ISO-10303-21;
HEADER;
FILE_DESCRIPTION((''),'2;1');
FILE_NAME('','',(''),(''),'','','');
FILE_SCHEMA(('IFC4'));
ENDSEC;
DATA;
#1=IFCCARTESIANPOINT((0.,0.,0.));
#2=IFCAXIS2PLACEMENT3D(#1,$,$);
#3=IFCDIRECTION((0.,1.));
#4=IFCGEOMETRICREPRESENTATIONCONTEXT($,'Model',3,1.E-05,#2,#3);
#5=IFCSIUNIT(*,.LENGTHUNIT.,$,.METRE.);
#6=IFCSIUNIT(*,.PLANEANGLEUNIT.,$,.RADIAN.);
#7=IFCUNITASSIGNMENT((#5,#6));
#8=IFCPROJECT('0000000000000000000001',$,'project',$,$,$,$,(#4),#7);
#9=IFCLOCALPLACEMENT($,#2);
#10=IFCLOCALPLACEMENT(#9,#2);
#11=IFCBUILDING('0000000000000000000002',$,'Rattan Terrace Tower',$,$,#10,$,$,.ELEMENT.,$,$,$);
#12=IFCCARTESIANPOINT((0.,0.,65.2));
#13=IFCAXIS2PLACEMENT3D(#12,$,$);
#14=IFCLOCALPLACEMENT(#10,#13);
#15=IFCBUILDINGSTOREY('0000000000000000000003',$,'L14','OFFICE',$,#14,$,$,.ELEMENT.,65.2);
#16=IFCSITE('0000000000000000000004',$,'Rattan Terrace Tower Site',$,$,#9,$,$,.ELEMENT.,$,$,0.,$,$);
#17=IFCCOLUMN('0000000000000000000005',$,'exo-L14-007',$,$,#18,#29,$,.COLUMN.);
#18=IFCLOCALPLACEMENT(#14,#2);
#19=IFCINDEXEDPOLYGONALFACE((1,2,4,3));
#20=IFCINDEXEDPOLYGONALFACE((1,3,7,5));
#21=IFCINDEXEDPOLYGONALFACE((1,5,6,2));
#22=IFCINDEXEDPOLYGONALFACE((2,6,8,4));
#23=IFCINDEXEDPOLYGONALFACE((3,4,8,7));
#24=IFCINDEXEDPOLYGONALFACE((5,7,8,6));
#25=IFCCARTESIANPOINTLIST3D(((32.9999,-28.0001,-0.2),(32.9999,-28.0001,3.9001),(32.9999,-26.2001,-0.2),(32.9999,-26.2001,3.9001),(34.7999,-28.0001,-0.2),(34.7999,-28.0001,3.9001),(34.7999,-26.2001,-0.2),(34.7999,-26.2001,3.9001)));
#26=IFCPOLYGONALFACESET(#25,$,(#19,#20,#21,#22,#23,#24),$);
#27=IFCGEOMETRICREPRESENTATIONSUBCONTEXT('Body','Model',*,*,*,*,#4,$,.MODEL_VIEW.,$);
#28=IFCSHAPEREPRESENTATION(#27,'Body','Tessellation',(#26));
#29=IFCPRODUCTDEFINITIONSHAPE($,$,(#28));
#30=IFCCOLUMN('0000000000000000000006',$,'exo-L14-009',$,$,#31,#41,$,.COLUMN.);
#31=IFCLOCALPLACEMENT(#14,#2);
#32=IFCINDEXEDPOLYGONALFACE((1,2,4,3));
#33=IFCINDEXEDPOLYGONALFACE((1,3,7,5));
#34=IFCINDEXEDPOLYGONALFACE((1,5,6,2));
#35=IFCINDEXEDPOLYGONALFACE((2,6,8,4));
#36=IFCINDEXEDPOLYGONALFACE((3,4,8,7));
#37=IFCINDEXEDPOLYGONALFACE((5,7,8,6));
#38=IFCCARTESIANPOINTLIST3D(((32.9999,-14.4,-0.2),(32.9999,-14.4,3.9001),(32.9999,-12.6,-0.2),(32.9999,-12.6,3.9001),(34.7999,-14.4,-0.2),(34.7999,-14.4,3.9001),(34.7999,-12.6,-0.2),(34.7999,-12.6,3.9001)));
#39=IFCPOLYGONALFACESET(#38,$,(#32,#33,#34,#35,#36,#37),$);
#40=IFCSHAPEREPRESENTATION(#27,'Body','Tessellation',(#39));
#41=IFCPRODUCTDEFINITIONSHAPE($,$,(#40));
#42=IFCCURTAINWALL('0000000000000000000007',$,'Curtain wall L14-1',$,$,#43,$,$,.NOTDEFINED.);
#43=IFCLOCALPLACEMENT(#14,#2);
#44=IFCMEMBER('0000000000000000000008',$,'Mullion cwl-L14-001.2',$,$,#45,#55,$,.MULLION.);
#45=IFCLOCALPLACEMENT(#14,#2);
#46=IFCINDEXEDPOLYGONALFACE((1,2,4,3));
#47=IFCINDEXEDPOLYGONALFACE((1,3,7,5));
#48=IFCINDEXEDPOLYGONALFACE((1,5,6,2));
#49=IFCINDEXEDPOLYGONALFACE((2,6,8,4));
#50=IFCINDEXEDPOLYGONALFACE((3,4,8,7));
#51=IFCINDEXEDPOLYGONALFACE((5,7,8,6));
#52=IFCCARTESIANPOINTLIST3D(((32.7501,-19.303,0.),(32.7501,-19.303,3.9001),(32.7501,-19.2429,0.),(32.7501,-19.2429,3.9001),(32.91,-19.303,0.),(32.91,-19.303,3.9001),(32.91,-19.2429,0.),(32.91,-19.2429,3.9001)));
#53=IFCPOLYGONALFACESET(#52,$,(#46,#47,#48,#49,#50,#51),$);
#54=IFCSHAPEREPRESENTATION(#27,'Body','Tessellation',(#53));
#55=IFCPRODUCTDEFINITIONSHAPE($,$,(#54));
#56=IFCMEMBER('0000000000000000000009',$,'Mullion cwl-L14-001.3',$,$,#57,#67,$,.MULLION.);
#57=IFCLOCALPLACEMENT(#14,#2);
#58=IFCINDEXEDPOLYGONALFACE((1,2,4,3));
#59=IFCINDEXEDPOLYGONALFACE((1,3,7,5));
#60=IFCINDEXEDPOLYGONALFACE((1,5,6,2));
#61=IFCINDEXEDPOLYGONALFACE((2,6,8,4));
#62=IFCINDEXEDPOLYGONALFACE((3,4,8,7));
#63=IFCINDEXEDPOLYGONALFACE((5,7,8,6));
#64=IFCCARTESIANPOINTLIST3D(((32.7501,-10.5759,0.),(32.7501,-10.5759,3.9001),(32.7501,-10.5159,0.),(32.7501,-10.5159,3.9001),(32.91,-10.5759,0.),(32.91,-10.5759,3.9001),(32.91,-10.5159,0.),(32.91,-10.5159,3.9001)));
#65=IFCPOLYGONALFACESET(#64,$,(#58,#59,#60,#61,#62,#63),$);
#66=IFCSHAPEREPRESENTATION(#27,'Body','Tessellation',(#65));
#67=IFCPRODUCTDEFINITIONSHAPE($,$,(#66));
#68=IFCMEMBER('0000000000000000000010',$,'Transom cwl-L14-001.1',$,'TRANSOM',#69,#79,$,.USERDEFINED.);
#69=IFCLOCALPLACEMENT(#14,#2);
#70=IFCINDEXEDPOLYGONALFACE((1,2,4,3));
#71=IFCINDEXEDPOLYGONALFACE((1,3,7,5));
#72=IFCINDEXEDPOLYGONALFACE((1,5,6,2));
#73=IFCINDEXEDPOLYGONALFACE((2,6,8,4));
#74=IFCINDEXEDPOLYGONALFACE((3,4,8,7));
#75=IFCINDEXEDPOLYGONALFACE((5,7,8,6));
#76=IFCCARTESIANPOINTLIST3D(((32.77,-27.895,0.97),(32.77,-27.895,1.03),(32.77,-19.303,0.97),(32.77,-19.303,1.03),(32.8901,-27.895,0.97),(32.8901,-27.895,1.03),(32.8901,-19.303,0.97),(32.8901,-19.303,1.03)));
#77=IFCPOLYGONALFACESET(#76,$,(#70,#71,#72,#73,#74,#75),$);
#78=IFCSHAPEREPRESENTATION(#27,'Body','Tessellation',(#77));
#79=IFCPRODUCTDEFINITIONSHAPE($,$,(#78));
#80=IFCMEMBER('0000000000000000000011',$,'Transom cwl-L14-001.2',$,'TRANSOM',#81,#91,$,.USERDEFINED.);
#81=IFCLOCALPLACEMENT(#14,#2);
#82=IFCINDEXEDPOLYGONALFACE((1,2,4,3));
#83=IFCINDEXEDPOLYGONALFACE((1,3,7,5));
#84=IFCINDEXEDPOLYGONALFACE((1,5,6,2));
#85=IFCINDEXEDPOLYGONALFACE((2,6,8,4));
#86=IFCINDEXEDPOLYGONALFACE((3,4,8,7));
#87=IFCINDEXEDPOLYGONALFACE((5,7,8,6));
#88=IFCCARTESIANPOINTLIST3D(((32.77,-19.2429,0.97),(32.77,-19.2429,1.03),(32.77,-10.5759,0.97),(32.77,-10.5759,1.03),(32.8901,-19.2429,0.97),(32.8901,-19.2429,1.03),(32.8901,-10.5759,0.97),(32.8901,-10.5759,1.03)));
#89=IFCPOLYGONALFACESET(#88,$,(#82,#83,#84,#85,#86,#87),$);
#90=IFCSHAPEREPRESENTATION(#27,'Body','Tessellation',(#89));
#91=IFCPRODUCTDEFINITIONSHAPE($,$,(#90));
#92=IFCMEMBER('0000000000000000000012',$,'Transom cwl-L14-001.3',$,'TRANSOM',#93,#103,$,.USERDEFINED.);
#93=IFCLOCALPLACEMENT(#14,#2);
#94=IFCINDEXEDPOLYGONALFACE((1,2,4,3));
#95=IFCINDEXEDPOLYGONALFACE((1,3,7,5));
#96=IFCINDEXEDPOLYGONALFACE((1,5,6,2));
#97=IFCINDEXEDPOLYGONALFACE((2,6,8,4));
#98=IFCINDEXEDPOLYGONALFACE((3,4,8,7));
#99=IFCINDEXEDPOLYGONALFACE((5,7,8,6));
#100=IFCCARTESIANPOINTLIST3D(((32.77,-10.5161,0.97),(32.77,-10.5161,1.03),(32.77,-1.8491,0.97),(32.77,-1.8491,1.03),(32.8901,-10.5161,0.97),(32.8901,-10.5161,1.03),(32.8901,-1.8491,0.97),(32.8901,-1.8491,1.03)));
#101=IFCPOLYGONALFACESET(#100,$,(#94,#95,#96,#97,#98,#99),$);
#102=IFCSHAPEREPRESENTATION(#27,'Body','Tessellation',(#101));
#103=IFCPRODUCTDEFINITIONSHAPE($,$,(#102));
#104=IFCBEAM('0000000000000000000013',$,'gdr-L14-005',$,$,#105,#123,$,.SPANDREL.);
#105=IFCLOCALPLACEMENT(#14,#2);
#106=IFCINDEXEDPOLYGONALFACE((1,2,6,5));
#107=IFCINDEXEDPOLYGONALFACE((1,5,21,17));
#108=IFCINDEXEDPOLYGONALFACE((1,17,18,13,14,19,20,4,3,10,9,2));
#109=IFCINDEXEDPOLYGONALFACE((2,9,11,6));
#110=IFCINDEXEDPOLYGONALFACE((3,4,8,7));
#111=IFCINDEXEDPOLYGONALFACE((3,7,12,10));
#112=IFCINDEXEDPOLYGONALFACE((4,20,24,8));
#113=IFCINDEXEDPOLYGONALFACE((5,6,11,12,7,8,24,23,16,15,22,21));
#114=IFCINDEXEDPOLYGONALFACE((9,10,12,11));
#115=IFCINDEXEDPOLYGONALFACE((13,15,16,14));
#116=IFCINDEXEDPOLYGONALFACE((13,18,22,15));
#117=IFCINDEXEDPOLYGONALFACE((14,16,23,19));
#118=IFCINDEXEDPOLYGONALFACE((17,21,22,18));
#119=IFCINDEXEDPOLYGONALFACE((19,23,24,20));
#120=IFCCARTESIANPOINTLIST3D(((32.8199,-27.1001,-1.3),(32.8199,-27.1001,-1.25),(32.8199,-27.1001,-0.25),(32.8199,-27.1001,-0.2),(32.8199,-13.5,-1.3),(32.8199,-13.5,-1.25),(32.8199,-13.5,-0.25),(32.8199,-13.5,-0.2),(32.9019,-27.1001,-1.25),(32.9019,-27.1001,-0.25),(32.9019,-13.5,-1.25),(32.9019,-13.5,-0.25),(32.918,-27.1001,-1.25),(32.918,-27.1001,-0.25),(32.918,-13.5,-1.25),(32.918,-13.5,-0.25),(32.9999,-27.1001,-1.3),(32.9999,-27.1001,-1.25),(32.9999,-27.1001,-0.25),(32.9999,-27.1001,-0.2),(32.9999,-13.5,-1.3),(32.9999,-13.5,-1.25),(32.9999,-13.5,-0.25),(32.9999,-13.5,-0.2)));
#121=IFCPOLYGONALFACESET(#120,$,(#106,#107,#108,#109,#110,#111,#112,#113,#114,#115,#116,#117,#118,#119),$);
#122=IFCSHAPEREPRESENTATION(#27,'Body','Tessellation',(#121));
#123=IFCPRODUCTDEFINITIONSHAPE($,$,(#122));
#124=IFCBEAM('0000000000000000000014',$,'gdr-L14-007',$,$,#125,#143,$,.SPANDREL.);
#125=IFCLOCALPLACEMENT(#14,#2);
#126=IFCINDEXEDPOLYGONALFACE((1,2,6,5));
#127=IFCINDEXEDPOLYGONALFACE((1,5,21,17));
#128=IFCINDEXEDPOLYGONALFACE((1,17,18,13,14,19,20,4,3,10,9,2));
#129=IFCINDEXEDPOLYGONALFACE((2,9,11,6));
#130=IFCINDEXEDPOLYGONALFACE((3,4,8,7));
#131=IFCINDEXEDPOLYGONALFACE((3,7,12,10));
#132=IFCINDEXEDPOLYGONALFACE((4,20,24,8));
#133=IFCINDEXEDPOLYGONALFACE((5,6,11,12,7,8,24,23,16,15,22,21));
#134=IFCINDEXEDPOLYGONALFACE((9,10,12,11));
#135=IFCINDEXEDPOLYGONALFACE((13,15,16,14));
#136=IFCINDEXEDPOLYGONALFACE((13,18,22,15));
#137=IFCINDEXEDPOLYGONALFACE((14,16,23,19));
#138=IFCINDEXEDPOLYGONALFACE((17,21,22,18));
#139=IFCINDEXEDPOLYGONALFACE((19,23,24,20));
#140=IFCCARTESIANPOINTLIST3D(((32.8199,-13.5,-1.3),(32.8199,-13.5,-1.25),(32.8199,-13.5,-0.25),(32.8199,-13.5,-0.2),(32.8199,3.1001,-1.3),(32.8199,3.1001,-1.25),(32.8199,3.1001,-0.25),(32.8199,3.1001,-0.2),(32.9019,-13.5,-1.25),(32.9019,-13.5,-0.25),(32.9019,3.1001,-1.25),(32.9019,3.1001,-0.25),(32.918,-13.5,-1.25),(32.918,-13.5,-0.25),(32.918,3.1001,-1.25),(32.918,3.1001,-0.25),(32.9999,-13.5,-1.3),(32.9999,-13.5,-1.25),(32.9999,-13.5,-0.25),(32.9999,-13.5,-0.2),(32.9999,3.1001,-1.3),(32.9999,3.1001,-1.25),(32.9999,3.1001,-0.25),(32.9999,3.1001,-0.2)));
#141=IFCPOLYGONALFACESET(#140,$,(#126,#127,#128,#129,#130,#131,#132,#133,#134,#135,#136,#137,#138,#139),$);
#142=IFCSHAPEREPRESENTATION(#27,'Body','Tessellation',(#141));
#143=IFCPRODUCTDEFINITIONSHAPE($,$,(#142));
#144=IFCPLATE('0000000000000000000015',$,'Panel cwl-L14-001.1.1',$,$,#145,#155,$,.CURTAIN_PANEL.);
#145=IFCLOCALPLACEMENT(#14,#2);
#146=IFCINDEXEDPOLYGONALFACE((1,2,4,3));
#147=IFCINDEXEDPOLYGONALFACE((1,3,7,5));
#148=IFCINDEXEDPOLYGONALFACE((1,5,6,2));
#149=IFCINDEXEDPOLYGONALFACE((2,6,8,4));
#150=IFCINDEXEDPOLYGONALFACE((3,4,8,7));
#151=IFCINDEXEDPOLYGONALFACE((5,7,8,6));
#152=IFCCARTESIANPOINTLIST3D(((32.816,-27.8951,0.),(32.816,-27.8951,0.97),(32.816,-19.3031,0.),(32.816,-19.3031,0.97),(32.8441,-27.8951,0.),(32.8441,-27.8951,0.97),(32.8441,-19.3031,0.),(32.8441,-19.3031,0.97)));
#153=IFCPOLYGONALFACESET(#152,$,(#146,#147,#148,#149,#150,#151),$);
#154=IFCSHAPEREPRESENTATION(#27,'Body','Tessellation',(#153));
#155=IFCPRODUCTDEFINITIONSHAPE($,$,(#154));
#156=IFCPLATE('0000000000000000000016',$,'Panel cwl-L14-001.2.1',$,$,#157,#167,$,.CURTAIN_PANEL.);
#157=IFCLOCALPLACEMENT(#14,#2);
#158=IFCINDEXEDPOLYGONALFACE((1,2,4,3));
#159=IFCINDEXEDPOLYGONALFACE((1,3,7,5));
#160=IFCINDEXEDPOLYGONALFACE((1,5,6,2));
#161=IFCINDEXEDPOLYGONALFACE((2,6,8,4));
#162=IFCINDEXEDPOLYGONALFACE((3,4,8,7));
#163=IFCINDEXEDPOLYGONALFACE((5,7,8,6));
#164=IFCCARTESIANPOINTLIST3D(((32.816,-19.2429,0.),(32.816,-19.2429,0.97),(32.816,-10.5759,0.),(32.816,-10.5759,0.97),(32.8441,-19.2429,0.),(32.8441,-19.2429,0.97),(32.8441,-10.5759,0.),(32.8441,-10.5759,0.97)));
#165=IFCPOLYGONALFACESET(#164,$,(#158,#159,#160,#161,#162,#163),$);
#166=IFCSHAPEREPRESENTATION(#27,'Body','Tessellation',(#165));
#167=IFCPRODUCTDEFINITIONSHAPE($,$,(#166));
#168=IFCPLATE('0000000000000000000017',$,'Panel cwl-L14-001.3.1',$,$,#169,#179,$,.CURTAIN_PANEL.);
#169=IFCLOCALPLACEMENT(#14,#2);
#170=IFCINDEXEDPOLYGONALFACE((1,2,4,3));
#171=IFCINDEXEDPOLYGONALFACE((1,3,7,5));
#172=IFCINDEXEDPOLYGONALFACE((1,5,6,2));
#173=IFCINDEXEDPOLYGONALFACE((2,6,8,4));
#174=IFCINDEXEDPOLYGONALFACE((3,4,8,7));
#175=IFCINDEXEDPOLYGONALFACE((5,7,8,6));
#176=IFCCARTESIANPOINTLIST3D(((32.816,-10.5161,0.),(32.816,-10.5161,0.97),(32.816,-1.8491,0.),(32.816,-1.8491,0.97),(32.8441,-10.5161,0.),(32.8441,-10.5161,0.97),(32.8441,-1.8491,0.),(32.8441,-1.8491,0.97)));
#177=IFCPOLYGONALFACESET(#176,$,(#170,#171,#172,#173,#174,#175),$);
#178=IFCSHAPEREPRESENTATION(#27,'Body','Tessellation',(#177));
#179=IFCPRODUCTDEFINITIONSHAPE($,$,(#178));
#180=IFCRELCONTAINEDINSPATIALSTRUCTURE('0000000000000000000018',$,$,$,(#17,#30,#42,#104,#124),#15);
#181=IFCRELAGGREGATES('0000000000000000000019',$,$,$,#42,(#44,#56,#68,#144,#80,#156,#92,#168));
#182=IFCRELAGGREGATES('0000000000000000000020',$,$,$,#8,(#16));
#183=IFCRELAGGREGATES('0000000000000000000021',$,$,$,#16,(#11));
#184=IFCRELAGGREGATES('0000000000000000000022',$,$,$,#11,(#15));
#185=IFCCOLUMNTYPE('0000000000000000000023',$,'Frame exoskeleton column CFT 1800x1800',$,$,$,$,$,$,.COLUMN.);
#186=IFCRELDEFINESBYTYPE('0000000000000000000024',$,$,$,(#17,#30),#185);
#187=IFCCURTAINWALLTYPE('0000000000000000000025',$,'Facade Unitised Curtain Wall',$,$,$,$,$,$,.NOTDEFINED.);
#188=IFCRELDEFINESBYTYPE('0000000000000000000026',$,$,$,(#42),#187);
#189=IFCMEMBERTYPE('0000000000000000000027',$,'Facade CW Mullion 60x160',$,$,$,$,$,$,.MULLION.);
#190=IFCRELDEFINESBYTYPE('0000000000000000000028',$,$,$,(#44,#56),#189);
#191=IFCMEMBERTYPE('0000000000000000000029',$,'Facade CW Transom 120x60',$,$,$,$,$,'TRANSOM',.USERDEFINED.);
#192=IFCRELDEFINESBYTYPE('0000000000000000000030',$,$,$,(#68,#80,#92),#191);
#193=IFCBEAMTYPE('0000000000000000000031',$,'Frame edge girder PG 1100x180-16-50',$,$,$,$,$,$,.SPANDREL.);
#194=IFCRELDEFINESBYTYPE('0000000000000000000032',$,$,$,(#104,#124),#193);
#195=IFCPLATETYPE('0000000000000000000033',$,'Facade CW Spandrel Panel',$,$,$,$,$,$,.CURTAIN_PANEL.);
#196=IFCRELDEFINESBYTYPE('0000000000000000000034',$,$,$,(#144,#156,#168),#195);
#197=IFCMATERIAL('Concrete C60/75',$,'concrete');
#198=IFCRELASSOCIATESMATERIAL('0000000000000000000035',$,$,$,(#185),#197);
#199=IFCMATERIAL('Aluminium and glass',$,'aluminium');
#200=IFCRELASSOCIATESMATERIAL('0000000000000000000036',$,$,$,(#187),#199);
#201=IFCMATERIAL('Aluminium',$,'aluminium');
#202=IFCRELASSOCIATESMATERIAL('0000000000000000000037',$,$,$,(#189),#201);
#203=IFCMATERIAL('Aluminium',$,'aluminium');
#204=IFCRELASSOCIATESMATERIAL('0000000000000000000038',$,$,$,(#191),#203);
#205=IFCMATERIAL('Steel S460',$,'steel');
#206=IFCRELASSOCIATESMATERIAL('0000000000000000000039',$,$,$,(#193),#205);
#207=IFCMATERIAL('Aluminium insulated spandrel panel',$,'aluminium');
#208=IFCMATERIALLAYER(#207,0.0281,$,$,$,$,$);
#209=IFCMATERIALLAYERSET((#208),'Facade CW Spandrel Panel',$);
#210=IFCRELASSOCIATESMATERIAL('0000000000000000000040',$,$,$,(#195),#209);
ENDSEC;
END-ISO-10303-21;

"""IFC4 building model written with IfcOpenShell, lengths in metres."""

from ifc_helpers import new_model, si_unit, direction, frame, origin, origin_2d, place, context, subcontext, project, spatial, rectangle, i_section, extrude, material, layer, layer_set, material_profile, profile_set, type_object, element, aggregate, save


model = new_model("IFC4")

# Units and contexts
model_context = context("Model", 3, precision=1e-05, world=origin(), true_north=direction((0.0, 1.0)))
body_context = subcontext(model_context, "Body", "Model", "MODEL_VIEW")
ifc_project = project(units=[si_unit("LENGTHUNIT", "METRE"), si_unit("PLANEANGLEUNIT", "RADIAN")], contexts=[model_context])

# Site, building, storey
site_placement = place(None, origin())
site = spatial("IfcSite", under=ifc_project, at=site_placement, Name="Rattan Terrace Tower Site", CompositionType="ELEMENT", RefElevation=0.0)
building_placement = place(site_placement, origin())
building = spatial("IfcBuilding", under=site, at=building_placement, Name="Rattan Terrace Tower", CompositionType="ELEMENT")
storey_placement = place(building_placement, frame((0.0, 0.0, 65.2)))
storey = spatial("IfcBuildingStorey", under=building, at=storey_placement, Name="L14", Description="OFFICE", CompositionType="ELEMENT", Elevation=65.2)

# Columns
ifc_material_1 = material(Name="Concrete C60/75", Category="concrete")
ifc_material_profile_1 = material_profile(ifc_material_1, rectangle(XDim=1.8, YDim=1.8, at=origin_2d()), Name="CFT 1800x1800")
ifc_profile_set_1 = profile_set([ifc_material_profile_1], Name="Concrete C60/75")
column_type = type_object("IfcColumnType", Name="Frame exoskeleton column CFT 1800x1800", PredefinedType="COLUMN", material=ifc_profile_set_1)
for number, where, z_axis, x_axis, name in (
    (1, (33.8999, -27.1001, -0.2), (0.0, 0.0, 1.0), (0.0, 1.0, 0.0), "exo-L14-007"),
    (2, (33.8999, -13.5, -0.2), (0.0, 0.0, 1.0), (0.0, 1.0, 0.0), "exo-L14-009"),
):
    element("IfcColumn", number, at=place(storey_placement, frame(where, z_axis=z_axis, x_axis=x_axis)), inside=storey, type_object=column_type, Name=name, PredefinedType="COLUMN", context=body_context, shape_type="SweptSolid", body=[
        extrude(rectangle(XDim=1.8, YDim=1.8, at=origin_2d()), origin(), (0.0, 0.0, 1.0), 4.1001),
    ])

# Curtain wall, members
ifc_material_2 = material(Name="Aluminium and glass", Category="aluminium")
curtain_wall_type = type_object("IfcCurtainWallType", Name="Facade Unitised Curtain Wall", PredefinedType="NOTDEFINED", material=ifc_material_2)
curtain_wall_placement = place(storey_placement, origin())
curtain_wall = element("IfcCurtainWall", 3, at=curtain_wall_placement, inside=storey, type_object=curtain_wall_type, Name="Curtain wall L14-1", PredefinedType="NOTDEFINED")
ifc_material_3 = material(Name="Aluminium", Category="aluminium")
ifc_material_profile_2 = material_profile(ifc_material_3, rectangle(XDim=0.0601, YDim=0.1599, at=origin_2d()), Name="Aluminium 60x160")
ifc_profile_set_2 = profile_set([ifc_material_profile_2], Name="Aluminium")
member_type_1 = type_object("IfcMemberType", Name="Facade CW Mullion 60x160", PredefinedType="MULLION", material=ifc_profile_set_2)
member_1_placement = place(storey_placement, frame((32.8301, -19.2729, 0.0), z_axis=(0.0, 0.0, 1.0), x_axis=(0.0, 1.0, 0.0)))
member_1 = element("IfcMember", 4, at=member_1_placement, type_object=member_type_1, Name="Mullion cwl-L14-001.2", PredefinedType="MULLION", context=body_context, shape_type="SweptSolid", body=[
    extrude(rectangle(XDim=0.0601, YDim=0.1599, at=origin_2d()), origin(), (0.0, 0.0, 1.0), 3.9001),
])
member_2_placement = place(storey_placement, frame((32.8301, -10.5459, 0.0), z_axis=(0.0, 0.0, 1.0), x_axis=(0.0, 1.0, 0.0)))
member_2 = element("IfcMember", 5, at=member_2_placement, type_object=member_type_1, Name="Mullion cwl-L14-001.3", PredefinedType="MULLION", context=body_context, shape_type="SweptSolid", body=[
    extrude(rectangle(XDim=0.0601, YDim=0.1599, at=origin_2d()), origin(), (0.0, 0.0, 1.0), 3.9001),
])
ifc_material_4 = material(Name="Aluminium", Category="aluminium")
ifc_material_profile_3 = material_profile(ifc_material_4, rectangle(XDim=0.1201, YDim=0.0601, at=origin_2d()), Name="Aluminium 120x60")
ifc_profile_set_3 = profile_set([ifc_material_profile_3], Name="Aluminium")
member_type_2 = type_object("IfcMemberType", Name="Facade CW Transom 120x60", ElementType="TRANSOM", PredefinedType="USERDEFINED", material=ifc_profile_set_3)
member_3_placement = place(storey_placement, frame((32.8301, -27.895, 1.0), z_axis=(0.0, 1.0, 0.0), x_axis=(-1.0, 0.0, 0.0)))
member_3 = element("IfcMember", 6, at=member_3_placement, type_object=member_type_2, Name="Transom cwl-L14-001.1", ObjectType="TRANSOM", PredefinedType="USERDEFINED", context=body_context, shape_type="SweptSolid", body=[
    extrude(rectangle(XDim=0.1201, YDim=0.0601, at=origin_2d()), origin(), (0.0, 0.0, 1.0), 8.592),
])
member_4_placement = place(storey_placement, frame((32.8301, -19.2429, 1.0), z_axis=(0.0, 1.0, 0.0), x_axis=(-1.0, 0.0, 0.0)))
member_4 = element("IfcMember", 7, at=member_4_placement, type_object=member_type_2, Name="Transom cwl-L14-001.2", ObjectType="TRANSOM", PredefinedType="USERDEFINED", context=body_context, shape_type="SweptSolid", body=[
    extrude(rectangle(XDim=0.1201, YDim=0.0601, at=origin_2d()), origin(), (0.0, 0.0, 1.0), 8.667),
])
member_5_placement = place(storey_placement, frame((32.8301, -10.5161, 1.0), z_axis=(0.0, 1.0, 0.0), x_axis=(-1.0, 0.0, 0.0)))
member_5 = element("IfcMember", 8, at=member_5_placement, type_object=member_type_2, Name="Transom cwl-L14-001.3", ObjectType="TRANSOM", PredefinedType="USERDEFINED", context=body_context, shape_type="SweptSolid", body=[
    extrude(rectangle(XDim=0.1201, YDim=0.0601, at=origin_2d()), origin(), (0.0, 0.0, 1.0), 8.667),
])

# Beams
ifc_material_5 = material(Name="Steel S460", Category="steel")
ifc_material_profile_4 = material_profile(ifc_material_5, i_section(OverallWidth=0.1799, OverallDepth=1.1001, WebThickness=0.0161, FlangeThickness=0.05, at=origin_2d()), Name="PG 1100x180-16-50")
ifc_profile_set_4 = profile_set([ifc_material_profile_4], Name="Steel S460")
beam_type = type_object("IfcBeamType", Name="Frame edge girder PG 1100x180-16-50", PredefinedType="SPANDREL", material=ifc_profile_set_4)
beam_1_placement = place(storey_placement, frame((32.9099, -27.1001, -0.75), z_axis=(0.0, 1.0, 0.0), x_axis=(-1.0, 0.0, 0.0)))
element("IfcBeam", 9, at=beam_1_placement, inside=storey, type_object=beam_type, Name="gdr-L14-005", PredefinedType="SPANDREL", context=body_context, shape_type="SweptSolid", body=[
    extrude(i_section(OverallWidth=0.1799, OverallDepth=1.1001, WebThickness=0.0161, FlangeThickness=0.05, at=origin_2d()), origin(), (0.0, 0.0, 1.0), 13.6001),
])
beam_2_placement = place(storey_placement, frame((32.9099, -13.5, -0.75), z_axis=(0.0, 1.0, 0.0), x_axis=(-1.0, 0.0, 0.0)))
element("IfcBeam", 10, at=beam_2_placement, inside=storey, type_object=beam_type, Name="gdr-L14-007", PredefinedType="SPANDREL", context=body_context, shape_type="SweptSolid", body=[
    extrude(i_section(OverallWidth=0.1799, OverallDepth=1.1001, WebThickness=0.0161, FlangeThickness=0.05, at=origin_2d()), origin(), (0.0, 0.0, 1.0), 16.6001),
])

# Plates
ifc_material_6 = material(Name="Aluminium insulated spandrel panel", Category="aluminium")
ifc_layer_1 = layer(ifc_material_6, 0.0281)
ifc_layer_set_1 = layer_set([ifc_layer_1], Name="Facade CW Spandrel Panel")
plate_type_1 = type_object("IfcPlateType", Name="Facade CW Spandrel Panel", PredefinedType="CURTAIN_PANEL", material=ifc_layer_set_1)
plate_1_placement = place(storey_placement, frame((32.8301, -23.5991, 0.0), z_axis=(0.0, 0.0, 1.0), x_axis=(0.0, 1.0, 0.0)))
plate_1 = element("IfcPlate", 11, at=plate_1_placement, type_object=plate_type_1, Name="Panel cwl-L14-001.1.1", PredefinedType="CURTAIN_PANEL", context=body_context, shape_type="SweptSolid", body=[
    extrude(rectangle(XDim=8.592, YDim=0.0281, at=origin_2d()), origin(), (0.0, 0.0, 1.0), 0.97),
])
plate_2_placement = place(storey_placement, frame((32.8301, -14.9094, 0.0), z_axis=(0.0, 0.0, 1.0), x_axis=(0.0, 1.0, 0.0)))
plate_2 = element("IfcPlate", 12, at=plate_2_placement, type_object=plate_type_1, Name="Panel cwl-L14-001.2.1", PredefinedType="CURTAIN_PANEL", context=body_context, shape_type="SweptSolid", body=[
    extrude(rectangle(XDim=8.667, YDim=0.0281, at=origin_2d()), origin(), (0.0, 0.0, 1.0), 0.97),
])
plate_3_placement = place(storey_placement, frame((32.8301, -6.1826, 0.0), z_axis=(0.0, 0.0, 1.0), x_axis=(0.0, 1.0, 0.0)))
plate_3 = element("IfcPlate", 13, at=plate_3_placement, type_object=plate_type_1, Name="Panel cwl-L14-001.3.1", PredefinedType="CURTAIN_PANEL", context=body_context, shape_type="SweptSolid", body=[
    extrude(rectangle(XDim=8.667, YDim=0.0281, at=origin_2d()), origin(), (0.0, 0.0, 1.0), 0.97),
])
aggregate(curtain_wall, [member_1, member_2, member_3, plate_1, member_4, plate_2, member_5, plate_3])

save(model, "model.ifc")
